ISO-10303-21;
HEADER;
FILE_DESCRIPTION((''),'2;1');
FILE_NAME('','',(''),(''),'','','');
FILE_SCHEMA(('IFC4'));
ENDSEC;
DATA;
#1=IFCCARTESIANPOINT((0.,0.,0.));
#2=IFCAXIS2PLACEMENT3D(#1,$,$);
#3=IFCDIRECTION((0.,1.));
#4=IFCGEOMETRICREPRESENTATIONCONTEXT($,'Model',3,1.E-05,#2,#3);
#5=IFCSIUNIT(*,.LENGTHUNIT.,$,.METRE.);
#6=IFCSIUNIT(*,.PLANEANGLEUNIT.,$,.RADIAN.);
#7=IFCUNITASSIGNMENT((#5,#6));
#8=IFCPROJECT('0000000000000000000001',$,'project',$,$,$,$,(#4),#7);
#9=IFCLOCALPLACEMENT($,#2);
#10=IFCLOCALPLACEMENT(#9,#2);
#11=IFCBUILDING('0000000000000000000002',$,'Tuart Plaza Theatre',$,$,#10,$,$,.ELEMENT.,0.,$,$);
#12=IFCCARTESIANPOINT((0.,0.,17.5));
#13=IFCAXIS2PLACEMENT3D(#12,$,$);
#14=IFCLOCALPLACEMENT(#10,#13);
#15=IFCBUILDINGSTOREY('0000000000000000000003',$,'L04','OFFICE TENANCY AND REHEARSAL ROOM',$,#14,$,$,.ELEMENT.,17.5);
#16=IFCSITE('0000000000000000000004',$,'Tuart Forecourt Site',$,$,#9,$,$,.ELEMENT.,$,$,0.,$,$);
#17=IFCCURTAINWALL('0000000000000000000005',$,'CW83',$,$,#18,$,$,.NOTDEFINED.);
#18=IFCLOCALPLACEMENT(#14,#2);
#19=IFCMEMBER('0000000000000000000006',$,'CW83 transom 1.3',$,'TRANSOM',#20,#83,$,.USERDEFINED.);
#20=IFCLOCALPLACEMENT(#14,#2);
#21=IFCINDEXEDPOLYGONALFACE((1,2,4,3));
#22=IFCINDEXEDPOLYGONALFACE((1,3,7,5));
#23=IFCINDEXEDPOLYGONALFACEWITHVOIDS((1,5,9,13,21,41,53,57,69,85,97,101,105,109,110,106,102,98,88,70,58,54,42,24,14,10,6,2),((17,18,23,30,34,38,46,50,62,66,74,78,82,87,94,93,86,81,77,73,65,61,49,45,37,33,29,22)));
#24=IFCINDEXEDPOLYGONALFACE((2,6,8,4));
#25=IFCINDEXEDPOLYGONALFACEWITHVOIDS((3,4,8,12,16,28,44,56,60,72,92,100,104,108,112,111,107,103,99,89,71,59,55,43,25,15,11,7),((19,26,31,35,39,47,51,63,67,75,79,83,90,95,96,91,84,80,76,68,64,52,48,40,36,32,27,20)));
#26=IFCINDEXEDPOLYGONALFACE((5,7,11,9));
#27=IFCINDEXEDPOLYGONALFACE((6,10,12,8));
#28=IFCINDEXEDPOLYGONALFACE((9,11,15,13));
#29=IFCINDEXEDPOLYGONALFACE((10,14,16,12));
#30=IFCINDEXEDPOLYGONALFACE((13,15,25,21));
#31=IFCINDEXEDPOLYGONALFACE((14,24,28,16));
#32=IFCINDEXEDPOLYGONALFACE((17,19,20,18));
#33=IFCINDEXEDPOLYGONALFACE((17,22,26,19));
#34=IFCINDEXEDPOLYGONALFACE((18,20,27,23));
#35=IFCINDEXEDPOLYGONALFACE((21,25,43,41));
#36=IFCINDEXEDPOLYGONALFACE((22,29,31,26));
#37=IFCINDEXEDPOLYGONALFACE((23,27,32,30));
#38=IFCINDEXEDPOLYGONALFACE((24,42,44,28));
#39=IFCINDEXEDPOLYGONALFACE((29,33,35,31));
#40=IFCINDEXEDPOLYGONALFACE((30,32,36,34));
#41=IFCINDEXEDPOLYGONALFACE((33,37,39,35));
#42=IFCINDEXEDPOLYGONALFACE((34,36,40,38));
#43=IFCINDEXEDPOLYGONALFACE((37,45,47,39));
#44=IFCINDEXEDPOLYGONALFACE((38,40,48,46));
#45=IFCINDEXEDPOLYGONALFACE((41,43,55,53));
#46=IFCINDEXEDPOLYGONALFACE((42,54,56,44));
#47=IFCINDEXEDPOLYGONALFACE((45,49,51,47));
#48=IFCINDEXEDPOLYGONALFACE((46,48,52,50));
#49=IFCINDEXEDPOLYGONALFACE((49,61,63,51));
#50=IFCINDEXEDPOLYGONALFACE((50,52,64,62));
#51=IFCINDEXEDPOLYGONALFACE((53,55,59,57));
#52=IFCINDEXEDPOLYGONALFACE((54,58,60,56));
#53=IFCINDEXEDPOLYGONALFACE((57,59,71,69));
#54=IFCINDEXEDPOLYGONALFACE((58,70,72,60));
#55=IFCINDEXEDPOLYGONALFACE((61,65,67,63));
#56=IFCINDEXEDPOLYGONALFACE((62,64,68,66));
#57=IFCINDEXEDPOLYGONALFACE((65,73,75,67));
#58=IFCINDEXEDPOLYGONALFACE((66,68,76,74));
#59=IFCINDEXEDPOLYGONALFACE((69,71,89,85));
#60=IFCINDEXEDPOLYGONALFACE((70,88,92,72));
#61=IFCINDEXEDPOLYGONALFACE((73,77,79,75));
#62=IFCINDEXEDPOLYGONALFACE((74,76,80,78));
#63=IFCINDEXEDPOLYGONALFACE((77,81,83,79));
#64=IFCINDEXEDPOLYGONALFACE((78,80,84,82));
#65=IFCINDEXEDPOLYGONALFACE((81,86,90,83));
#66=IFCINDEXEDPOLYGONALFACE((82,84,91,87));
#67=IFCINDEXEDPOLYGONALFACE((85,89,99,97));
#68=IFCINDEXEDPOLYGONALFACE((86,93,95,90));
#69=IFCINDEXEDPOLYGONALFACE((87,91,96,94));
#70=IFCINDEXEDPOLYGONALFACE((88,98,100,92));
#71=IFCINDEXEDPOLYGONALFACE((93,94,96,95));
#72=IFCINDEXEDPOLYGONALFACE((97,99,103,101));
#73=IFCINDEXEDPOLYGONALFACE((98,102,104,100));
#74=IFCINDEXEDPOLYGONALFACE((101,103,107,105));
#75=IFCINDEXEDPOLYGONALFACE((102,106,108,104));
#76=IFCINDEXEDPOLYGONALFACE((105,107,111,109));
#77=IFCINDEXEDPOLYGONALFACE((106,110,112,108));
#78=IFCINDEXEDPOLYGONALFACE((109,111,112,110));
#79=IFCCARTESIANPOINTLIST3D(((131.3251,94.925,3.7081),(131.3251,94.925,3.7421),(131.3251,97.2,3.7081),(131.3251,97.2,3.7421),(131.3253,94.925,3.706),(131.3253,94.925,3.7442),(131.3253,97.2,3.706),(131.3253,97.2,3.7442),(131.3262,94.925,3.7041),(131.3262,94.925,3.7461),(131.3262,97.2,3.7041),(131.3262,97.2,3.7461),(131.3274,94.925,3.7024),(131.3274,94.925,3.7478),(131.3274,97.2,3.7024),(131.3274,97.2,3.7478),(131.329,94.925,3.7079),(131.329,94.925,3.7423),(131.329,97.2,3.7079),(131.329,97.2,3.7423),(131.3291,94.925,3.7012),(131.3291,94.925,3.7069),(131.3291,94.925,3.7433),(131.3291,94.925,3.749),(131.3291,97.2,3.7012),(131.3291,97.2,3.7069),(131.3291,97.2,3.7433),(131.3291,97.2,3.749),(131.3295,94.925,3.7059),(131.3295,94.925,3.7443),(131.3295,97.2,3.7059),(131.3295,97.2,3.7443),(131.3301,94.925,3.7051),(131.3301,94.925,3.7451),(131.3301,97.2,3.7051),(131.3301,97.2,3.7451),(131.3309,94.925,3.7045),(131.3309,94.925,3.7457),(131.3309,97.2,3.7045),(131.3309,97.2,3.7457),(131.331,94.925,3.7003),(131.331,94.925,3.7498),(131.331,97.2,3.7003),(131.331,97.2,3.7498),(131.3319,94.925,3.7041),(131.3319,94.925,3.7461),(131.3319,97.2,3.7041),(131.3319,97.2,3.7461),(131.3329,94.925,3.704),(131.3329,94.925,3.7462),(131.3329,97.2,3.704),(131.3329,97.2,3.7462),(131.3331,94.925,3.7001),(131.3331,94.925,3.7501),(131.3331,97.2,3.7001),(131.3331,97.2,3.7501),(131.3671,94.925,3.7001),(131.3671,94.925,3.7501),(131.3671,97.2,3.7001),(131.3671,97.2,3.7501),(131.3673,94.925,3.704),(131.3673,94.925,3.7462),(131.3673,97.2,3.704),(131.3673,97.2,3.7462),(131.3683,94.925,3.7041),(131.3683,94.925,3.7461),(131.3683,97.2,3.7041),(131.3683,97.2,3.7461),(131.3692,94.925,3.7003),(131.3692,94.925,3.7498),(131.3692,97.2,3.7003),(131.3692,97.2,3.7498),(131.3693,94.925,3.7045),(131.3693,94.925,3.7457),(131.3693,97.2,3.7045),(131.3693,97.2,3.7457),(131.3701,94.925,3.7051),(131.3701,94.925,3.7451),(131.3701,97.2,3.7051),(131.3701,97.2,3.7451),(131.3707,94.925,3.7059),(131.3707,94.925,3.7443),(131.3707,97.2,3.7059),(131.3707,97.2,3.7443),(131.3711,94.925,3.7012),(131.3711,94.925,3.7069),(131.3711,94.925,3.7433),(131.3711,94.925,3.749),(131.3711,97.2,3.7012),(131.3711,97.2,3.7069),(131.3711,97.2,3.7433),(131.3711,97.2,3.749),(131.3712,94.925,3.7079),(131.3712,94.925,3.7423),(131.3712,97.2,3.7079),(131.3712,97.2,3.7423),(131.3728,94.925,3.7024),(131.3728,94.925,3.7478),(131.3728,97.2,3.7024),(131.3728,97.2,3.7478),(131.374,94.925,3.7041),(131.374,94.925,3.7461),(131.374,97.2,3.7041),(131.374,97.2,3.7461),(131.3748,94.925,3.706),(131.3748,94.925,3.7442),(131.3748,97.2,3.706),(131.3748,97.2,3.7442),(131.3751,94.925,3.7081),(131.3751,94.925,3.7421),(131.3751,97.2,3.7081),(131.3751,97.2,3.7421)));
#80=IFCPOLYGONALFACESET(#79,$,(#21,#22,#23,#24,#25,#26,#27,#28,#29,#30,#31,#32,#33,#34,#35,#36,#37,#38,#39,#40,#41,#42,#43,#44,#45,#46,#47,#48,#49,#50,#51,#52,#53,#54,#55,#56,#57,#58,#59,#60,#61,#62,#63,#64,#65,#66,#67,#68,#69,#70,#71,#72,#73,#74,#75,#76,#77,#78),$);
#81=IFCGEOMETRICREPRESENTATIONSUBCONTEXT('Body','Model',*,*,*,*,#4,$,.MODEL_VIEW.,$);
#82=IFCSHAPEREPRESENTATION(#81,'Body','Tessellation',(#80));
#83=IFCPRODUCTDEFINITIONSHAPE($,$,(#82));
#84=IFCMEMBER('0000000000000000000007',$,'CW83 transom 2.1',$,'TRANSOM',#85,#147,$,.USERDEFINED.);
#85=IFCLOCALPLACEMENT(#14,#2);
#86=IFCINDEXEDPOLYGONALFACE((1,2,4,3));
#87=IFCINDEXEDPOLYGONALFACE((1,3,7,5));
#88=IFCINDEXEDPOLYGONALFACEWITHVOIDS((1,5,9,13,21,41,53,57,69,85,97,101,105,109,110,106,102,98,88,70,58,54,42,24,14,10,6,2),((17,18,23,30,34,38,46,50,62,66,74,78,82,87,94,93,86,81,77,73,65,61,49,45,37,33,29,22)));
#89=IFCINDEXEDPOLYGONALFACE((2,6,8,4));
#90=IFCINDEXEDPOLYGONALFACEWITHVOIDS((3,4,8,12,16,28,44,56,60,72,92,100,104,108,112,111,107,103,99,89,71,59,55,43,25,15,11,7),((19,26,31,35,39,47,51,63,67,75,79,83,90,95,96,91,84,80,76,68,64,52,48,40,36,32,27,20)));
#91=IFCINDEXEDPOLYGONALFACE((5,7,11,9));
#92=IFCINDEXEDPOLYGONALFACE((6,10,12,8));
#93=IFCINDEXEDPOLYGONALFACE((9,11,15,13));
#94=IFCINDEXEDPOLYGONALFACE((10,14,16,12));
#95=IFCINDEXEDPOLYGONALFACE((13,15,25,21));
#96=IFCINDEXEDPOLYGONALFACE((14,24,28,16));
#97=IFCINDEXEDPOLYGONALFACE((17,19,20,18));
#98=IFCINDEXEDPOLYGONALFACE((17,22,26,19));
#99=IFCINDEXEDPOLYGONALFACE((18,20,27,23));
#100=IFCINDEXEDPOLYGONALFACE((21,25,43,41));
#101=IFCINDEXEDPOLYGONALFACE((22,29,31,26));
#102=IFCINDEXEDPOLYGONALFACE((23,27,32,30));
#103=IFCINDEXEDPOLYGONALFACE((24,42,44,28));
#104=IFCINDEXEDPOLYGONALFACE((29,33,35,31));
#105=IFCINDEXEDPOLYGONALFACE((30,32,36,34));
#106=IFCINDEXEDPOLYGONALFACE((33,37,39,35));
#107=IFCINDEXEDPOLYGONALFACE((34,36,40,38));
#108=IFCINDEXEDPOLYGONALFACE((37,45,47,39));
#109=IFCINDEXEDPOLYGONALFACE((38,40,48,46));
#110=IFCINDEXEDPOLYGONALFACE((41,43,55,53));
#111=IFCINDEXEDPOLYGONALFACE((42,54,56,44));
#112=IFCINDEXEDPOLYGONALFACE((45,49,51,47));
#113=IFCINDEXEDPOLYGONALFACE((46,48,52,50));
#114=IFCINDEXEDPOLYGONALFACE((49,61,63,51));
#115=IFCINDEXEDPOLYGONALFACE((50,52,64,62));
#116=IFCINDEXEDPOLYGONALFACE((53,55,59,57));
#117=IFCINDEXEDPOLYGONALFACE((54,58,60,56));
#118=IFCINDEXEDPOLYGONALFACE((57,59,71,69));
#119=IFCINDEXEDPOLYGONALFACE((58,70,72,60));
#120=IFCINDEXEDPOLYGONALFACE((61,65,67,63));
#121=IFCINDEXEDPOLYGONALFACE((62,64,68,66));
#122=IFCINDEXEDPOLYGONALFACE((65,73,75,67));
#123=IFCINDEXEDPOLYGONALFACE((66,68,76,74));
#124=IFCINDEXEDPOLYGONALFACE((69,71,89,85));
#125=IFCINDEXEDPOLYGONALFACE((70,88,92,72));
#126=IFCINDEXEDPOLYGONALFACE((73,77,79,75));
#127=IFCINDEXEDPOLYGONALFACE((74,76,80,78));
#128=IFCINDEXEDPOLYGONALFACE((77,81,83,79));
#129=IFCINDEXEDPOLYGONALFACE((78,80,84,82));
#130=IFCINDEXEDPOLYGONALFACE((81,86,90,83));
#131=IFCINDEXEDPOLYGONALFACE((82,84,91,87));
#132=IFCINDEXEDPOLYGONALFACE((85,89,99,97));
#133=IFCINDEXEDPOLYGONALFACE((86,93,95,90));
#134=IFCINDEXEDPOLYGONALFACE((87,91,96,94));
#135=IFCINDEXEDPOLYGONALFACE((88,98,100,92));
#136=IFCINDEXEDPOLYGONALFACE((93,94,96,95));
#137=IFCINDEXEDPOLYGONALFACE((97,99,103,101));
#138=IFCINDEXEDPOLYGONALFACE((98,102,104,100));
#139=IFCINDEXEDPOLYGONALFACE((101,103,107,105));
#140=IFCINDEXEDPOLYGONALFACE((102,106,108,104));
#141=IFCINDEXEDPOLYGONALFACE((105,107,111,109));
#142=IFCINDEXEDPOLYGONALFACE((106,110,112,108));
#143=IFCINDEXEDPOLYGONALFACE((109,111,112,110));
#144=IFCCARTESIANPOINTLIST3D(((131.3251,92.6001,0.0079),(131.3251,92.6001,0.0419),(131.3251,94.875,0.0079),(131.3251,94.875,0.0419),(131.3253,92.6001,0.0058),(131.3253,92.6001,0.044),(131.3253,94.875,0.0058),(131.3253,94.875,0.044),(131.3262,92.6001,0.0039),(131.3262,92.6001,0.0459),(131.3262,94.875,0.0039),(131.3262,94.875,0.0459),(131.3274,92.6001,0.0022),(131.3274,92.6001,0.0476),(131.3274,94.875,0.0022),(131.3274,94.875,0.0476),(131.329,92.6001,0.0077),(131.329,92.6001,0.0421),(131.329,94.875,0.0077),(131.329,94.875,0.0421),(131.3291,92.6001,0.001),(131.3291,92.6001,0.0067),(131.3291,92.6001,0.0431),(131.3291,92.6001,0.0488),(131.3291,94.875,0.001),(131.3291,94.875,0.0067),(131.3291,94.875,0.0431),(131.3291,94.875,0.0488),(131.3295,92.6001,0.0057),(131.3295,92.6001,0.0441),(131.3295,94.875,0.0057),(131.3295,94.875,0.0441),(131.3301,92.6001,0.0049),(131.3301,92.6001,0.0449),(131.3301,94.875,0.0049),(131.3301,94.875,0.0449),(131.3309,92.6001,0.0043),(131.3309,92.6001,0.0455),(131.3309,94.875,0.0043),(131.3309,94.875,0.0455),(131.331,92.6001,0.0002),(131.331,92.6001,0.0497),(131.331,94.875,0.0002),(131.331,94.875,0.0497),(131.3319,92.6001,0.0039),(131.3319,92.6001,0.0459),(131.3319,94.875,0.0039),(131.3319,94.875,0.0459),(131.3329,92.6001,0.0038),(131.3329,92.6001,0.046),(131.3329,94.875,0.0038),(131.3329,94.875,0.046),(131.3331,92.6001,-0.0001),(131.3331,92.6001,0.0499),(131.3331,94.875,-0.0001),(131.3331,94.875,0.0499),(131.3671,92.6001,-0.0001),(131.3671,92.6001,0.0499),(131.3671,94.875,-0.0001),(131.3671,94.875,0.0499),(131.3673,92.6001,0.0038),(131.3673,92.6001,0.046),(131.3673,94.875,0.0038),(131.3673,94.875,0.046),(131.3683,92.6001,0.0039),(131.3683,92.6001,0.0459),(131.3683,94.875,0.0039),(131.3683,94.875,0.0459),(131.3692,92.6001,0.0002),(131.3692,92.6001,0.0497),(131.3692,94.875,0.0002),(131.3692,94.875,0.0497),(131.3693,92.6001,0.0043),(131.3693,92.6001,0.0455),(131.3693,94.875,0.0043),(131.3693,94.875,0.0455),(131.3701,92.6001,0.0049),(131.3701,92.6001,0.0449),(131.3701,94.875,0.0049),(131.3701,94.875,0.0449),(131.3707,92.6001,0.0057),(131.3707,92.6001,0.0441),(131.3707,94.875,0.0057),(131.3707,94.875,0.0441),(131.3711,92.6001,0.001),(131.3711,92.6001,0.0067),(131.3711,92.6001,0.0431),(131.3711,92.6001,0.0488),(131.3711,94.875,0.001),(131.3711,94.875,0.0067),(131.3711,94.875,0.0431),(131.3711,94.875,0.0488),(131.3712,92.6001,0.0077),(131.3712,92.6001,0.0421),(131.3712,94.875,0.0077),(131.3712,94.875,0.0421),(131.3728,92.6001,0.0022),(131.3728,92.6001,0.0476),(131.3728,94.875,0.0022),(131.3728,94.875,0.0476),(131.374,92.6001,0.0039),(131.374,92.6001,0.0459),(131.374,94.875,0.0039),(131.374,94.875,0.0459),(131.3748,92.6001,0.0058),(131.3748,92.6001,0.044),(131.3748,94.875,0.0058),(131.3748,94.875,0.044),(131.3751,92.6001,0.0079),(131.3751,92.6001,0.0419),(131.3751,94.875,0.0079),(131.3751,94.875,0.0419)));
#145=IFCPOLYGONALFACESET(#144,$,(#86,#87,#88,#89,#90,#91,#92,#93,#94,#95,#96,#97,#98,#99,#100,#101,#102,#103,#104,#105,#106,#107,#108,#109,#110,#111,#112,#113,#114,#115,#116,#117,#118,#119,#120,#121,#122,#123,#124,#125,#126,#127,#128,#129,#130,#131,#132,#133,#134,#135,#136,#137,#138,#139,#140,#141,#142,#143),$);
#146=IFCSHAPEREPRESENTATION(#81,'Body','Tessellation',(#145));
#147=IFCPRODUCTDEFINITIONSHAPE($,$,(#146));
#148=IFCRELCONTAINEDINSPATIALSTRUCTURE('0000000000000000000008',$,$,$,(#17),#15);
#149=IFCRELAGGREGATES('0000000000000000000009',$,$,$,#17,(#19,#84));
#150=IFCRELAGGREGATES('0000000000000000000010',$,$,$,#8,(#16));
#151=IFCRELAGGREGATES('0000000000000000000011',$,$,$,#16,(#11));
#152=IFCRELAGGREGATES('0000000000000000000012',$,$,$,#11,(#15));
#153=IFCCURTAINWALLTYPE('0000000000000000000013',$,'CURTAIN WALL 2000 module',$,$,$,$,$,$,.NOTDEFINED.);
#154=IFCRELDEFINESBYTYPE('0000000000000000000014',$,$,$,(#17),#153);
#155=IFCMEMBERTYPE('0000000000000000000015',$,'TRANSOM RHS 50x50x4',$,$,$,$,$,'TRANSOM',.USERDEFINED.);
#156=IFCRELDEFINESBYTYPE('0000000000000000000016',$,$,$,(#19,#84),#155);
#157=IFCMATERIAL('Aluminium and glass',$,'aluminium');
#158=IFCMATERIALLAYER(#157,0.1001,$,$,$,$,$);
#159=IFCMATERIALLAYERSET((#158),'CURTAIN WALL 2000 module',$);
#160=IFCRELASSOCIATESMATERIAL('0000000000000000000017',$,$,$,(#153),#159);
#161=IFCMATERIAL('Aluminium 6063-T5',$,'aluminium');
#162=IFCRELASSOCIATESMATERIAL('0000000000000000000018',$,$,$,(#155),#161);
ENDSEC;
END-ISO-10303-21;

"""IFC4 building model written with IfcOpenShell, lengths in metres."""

from ifc_helpers import new_model, si_unit, direction, frame, origin, origin_2d, place, context, subcontext, project, spatial, hollow_rectangle, extrude, material, layer, layer_set, material_profile, profile_set, type_object, element, aggregate, save


model = new_model("IFC4")

# Units and contexts
model_context = context("Model", 3, precision=1e-05, world=origin(), true_north=direction((0.0, 1.0)))
body_context = subcontext(model_context, "Body", "Model", "MODEL_VIEW")
ifc_project = project(units=[si_unit("LENGTHUNIT", "METRE"), si_unit("PLANEANGLEUNIT", "RADIAN")], contexts=[model_context])

# Site, building, storey
site_placement = place(None, origin())
site = spatial("IfcSite", under=ifc_project, at=site_placement, Name="Tuart Forecourt Site", CompositionType="ELEMENT", RefElevation=0.0)
building_placement = place(site_placement, origin())
building = spatial("IfcBuilding", under=site, at=building_placement, Name="Tuart Plaza Theatre", CompositionType="ELEMENT", ElevationOfRefHeight=0.0)
storey_placement = place(building_placement, frame((0.0, 0.0, 17.5)))
storey = spatial("IfcBuildingStorey", under=building, at=storey_placement, Name="L04", Description="OFFICE TENANCY AND REHEARSAL ROOM", CompositionType="ELEMENT", Elevation=17.5)

# Curtain wall
ifc_material_1 = material(Name="Aluminium and glass", Category="aluminium")
ifc_layer_1 = layer(ifc_material_1, 0.1001)
ifc_layer_set_1 = layer_set([ifc_layer_1], Name="CURTAIN WALL 2000 module")
curtain_wall_type_1 = type_object("IfcCurtainWallType", Name="CURTAIN WALL 2000 module", PredefinedType="NOTDEFINED", material=ifc_layer_set_1)
curtain_wall_1_placement = place(storey_placement, origin())
curtain_wall_1 = element("IfcCurtainWall", 1, at=curtain_wall_1_placement, inside=storey, type_object=curtain_wall_type_1, Name="CW83", PredefinedType="NOTDEFINED")

# Members
ifc_material_2 = material(Name="Aluminium 6063-T5", Category="aluminium")
ifc_material_profile_1 = material_profile(ifc_material_2, hollow_rectangle(XDim=0.05, YDim=0.05, WallThickness=0.0039, InnerFilletRadius=0.0039, OuterFilletRadius=0.0081, at=origin_2d()), Name="RHS 50x50x4")
ifc_profile_set_1 = profile_set([ifc_material_profile_1], Name="Aluminium 6063-T5")
member_type_1 = type_object("IfcMemberType", Name="TRANSOM RHS 50x50x4", ElementType="TRANSOM", PredefinedType="USERDEFINED", material=ifc_profile_set_1)
member_1_placement = place(storey_placement, frame((131.3501, 97.2, 3.7251), z_axis=(0.0, -1.0, 0.0), x_axis=(1.0, 0.0, 0.0)))
member_1 = element("IfcMember", 2, at=member_1_placement, type_object=member_type_1, Name="CW83 transom 1.3", ObjectType="TRANSOM", PredefinedType="USERDEFINED", context=body_context, shape_type="SweptSolid", body=[
    extrude(hollow_rectangle(XDim=0.05, YDim=0.05, WallThickness=0.0039, InnerFilletRadius=0.0039, OuterFilletRadius=0.0081, at=origin_2d()), origin(), (0.0, 0.0, 1.0), 2.2749),
])
member_2_placement = place(storey_placement, frame((131.3501, 94.875, 0.0249), z_axis=(0.0, -1.0, 0.0), x_axis=(1.0, 0.0, 0.0)))
member_2 = element("IfcMember", 3, at=member_2_placement, type_object=member_type_1, Name="CW83 transom 2.1", ObjectType="TRANSOM", PredefinedType="USERDEFINED", context=body_context, shape_type="SweptSolid", body=[
    extrude(hollow_rectangle(XDim=0.05, YDim=0.05, WallThickness=0.0039, InnerFilletRadius=0.0039, OuterFilletRadius=0.0081, at=origin_2d()), origin(), (0.0, 0.0, 1.0), 2.2749),
])

aggregate(curtain_wall_1, [member_1, member_2])

save(model, "model.ifc")
